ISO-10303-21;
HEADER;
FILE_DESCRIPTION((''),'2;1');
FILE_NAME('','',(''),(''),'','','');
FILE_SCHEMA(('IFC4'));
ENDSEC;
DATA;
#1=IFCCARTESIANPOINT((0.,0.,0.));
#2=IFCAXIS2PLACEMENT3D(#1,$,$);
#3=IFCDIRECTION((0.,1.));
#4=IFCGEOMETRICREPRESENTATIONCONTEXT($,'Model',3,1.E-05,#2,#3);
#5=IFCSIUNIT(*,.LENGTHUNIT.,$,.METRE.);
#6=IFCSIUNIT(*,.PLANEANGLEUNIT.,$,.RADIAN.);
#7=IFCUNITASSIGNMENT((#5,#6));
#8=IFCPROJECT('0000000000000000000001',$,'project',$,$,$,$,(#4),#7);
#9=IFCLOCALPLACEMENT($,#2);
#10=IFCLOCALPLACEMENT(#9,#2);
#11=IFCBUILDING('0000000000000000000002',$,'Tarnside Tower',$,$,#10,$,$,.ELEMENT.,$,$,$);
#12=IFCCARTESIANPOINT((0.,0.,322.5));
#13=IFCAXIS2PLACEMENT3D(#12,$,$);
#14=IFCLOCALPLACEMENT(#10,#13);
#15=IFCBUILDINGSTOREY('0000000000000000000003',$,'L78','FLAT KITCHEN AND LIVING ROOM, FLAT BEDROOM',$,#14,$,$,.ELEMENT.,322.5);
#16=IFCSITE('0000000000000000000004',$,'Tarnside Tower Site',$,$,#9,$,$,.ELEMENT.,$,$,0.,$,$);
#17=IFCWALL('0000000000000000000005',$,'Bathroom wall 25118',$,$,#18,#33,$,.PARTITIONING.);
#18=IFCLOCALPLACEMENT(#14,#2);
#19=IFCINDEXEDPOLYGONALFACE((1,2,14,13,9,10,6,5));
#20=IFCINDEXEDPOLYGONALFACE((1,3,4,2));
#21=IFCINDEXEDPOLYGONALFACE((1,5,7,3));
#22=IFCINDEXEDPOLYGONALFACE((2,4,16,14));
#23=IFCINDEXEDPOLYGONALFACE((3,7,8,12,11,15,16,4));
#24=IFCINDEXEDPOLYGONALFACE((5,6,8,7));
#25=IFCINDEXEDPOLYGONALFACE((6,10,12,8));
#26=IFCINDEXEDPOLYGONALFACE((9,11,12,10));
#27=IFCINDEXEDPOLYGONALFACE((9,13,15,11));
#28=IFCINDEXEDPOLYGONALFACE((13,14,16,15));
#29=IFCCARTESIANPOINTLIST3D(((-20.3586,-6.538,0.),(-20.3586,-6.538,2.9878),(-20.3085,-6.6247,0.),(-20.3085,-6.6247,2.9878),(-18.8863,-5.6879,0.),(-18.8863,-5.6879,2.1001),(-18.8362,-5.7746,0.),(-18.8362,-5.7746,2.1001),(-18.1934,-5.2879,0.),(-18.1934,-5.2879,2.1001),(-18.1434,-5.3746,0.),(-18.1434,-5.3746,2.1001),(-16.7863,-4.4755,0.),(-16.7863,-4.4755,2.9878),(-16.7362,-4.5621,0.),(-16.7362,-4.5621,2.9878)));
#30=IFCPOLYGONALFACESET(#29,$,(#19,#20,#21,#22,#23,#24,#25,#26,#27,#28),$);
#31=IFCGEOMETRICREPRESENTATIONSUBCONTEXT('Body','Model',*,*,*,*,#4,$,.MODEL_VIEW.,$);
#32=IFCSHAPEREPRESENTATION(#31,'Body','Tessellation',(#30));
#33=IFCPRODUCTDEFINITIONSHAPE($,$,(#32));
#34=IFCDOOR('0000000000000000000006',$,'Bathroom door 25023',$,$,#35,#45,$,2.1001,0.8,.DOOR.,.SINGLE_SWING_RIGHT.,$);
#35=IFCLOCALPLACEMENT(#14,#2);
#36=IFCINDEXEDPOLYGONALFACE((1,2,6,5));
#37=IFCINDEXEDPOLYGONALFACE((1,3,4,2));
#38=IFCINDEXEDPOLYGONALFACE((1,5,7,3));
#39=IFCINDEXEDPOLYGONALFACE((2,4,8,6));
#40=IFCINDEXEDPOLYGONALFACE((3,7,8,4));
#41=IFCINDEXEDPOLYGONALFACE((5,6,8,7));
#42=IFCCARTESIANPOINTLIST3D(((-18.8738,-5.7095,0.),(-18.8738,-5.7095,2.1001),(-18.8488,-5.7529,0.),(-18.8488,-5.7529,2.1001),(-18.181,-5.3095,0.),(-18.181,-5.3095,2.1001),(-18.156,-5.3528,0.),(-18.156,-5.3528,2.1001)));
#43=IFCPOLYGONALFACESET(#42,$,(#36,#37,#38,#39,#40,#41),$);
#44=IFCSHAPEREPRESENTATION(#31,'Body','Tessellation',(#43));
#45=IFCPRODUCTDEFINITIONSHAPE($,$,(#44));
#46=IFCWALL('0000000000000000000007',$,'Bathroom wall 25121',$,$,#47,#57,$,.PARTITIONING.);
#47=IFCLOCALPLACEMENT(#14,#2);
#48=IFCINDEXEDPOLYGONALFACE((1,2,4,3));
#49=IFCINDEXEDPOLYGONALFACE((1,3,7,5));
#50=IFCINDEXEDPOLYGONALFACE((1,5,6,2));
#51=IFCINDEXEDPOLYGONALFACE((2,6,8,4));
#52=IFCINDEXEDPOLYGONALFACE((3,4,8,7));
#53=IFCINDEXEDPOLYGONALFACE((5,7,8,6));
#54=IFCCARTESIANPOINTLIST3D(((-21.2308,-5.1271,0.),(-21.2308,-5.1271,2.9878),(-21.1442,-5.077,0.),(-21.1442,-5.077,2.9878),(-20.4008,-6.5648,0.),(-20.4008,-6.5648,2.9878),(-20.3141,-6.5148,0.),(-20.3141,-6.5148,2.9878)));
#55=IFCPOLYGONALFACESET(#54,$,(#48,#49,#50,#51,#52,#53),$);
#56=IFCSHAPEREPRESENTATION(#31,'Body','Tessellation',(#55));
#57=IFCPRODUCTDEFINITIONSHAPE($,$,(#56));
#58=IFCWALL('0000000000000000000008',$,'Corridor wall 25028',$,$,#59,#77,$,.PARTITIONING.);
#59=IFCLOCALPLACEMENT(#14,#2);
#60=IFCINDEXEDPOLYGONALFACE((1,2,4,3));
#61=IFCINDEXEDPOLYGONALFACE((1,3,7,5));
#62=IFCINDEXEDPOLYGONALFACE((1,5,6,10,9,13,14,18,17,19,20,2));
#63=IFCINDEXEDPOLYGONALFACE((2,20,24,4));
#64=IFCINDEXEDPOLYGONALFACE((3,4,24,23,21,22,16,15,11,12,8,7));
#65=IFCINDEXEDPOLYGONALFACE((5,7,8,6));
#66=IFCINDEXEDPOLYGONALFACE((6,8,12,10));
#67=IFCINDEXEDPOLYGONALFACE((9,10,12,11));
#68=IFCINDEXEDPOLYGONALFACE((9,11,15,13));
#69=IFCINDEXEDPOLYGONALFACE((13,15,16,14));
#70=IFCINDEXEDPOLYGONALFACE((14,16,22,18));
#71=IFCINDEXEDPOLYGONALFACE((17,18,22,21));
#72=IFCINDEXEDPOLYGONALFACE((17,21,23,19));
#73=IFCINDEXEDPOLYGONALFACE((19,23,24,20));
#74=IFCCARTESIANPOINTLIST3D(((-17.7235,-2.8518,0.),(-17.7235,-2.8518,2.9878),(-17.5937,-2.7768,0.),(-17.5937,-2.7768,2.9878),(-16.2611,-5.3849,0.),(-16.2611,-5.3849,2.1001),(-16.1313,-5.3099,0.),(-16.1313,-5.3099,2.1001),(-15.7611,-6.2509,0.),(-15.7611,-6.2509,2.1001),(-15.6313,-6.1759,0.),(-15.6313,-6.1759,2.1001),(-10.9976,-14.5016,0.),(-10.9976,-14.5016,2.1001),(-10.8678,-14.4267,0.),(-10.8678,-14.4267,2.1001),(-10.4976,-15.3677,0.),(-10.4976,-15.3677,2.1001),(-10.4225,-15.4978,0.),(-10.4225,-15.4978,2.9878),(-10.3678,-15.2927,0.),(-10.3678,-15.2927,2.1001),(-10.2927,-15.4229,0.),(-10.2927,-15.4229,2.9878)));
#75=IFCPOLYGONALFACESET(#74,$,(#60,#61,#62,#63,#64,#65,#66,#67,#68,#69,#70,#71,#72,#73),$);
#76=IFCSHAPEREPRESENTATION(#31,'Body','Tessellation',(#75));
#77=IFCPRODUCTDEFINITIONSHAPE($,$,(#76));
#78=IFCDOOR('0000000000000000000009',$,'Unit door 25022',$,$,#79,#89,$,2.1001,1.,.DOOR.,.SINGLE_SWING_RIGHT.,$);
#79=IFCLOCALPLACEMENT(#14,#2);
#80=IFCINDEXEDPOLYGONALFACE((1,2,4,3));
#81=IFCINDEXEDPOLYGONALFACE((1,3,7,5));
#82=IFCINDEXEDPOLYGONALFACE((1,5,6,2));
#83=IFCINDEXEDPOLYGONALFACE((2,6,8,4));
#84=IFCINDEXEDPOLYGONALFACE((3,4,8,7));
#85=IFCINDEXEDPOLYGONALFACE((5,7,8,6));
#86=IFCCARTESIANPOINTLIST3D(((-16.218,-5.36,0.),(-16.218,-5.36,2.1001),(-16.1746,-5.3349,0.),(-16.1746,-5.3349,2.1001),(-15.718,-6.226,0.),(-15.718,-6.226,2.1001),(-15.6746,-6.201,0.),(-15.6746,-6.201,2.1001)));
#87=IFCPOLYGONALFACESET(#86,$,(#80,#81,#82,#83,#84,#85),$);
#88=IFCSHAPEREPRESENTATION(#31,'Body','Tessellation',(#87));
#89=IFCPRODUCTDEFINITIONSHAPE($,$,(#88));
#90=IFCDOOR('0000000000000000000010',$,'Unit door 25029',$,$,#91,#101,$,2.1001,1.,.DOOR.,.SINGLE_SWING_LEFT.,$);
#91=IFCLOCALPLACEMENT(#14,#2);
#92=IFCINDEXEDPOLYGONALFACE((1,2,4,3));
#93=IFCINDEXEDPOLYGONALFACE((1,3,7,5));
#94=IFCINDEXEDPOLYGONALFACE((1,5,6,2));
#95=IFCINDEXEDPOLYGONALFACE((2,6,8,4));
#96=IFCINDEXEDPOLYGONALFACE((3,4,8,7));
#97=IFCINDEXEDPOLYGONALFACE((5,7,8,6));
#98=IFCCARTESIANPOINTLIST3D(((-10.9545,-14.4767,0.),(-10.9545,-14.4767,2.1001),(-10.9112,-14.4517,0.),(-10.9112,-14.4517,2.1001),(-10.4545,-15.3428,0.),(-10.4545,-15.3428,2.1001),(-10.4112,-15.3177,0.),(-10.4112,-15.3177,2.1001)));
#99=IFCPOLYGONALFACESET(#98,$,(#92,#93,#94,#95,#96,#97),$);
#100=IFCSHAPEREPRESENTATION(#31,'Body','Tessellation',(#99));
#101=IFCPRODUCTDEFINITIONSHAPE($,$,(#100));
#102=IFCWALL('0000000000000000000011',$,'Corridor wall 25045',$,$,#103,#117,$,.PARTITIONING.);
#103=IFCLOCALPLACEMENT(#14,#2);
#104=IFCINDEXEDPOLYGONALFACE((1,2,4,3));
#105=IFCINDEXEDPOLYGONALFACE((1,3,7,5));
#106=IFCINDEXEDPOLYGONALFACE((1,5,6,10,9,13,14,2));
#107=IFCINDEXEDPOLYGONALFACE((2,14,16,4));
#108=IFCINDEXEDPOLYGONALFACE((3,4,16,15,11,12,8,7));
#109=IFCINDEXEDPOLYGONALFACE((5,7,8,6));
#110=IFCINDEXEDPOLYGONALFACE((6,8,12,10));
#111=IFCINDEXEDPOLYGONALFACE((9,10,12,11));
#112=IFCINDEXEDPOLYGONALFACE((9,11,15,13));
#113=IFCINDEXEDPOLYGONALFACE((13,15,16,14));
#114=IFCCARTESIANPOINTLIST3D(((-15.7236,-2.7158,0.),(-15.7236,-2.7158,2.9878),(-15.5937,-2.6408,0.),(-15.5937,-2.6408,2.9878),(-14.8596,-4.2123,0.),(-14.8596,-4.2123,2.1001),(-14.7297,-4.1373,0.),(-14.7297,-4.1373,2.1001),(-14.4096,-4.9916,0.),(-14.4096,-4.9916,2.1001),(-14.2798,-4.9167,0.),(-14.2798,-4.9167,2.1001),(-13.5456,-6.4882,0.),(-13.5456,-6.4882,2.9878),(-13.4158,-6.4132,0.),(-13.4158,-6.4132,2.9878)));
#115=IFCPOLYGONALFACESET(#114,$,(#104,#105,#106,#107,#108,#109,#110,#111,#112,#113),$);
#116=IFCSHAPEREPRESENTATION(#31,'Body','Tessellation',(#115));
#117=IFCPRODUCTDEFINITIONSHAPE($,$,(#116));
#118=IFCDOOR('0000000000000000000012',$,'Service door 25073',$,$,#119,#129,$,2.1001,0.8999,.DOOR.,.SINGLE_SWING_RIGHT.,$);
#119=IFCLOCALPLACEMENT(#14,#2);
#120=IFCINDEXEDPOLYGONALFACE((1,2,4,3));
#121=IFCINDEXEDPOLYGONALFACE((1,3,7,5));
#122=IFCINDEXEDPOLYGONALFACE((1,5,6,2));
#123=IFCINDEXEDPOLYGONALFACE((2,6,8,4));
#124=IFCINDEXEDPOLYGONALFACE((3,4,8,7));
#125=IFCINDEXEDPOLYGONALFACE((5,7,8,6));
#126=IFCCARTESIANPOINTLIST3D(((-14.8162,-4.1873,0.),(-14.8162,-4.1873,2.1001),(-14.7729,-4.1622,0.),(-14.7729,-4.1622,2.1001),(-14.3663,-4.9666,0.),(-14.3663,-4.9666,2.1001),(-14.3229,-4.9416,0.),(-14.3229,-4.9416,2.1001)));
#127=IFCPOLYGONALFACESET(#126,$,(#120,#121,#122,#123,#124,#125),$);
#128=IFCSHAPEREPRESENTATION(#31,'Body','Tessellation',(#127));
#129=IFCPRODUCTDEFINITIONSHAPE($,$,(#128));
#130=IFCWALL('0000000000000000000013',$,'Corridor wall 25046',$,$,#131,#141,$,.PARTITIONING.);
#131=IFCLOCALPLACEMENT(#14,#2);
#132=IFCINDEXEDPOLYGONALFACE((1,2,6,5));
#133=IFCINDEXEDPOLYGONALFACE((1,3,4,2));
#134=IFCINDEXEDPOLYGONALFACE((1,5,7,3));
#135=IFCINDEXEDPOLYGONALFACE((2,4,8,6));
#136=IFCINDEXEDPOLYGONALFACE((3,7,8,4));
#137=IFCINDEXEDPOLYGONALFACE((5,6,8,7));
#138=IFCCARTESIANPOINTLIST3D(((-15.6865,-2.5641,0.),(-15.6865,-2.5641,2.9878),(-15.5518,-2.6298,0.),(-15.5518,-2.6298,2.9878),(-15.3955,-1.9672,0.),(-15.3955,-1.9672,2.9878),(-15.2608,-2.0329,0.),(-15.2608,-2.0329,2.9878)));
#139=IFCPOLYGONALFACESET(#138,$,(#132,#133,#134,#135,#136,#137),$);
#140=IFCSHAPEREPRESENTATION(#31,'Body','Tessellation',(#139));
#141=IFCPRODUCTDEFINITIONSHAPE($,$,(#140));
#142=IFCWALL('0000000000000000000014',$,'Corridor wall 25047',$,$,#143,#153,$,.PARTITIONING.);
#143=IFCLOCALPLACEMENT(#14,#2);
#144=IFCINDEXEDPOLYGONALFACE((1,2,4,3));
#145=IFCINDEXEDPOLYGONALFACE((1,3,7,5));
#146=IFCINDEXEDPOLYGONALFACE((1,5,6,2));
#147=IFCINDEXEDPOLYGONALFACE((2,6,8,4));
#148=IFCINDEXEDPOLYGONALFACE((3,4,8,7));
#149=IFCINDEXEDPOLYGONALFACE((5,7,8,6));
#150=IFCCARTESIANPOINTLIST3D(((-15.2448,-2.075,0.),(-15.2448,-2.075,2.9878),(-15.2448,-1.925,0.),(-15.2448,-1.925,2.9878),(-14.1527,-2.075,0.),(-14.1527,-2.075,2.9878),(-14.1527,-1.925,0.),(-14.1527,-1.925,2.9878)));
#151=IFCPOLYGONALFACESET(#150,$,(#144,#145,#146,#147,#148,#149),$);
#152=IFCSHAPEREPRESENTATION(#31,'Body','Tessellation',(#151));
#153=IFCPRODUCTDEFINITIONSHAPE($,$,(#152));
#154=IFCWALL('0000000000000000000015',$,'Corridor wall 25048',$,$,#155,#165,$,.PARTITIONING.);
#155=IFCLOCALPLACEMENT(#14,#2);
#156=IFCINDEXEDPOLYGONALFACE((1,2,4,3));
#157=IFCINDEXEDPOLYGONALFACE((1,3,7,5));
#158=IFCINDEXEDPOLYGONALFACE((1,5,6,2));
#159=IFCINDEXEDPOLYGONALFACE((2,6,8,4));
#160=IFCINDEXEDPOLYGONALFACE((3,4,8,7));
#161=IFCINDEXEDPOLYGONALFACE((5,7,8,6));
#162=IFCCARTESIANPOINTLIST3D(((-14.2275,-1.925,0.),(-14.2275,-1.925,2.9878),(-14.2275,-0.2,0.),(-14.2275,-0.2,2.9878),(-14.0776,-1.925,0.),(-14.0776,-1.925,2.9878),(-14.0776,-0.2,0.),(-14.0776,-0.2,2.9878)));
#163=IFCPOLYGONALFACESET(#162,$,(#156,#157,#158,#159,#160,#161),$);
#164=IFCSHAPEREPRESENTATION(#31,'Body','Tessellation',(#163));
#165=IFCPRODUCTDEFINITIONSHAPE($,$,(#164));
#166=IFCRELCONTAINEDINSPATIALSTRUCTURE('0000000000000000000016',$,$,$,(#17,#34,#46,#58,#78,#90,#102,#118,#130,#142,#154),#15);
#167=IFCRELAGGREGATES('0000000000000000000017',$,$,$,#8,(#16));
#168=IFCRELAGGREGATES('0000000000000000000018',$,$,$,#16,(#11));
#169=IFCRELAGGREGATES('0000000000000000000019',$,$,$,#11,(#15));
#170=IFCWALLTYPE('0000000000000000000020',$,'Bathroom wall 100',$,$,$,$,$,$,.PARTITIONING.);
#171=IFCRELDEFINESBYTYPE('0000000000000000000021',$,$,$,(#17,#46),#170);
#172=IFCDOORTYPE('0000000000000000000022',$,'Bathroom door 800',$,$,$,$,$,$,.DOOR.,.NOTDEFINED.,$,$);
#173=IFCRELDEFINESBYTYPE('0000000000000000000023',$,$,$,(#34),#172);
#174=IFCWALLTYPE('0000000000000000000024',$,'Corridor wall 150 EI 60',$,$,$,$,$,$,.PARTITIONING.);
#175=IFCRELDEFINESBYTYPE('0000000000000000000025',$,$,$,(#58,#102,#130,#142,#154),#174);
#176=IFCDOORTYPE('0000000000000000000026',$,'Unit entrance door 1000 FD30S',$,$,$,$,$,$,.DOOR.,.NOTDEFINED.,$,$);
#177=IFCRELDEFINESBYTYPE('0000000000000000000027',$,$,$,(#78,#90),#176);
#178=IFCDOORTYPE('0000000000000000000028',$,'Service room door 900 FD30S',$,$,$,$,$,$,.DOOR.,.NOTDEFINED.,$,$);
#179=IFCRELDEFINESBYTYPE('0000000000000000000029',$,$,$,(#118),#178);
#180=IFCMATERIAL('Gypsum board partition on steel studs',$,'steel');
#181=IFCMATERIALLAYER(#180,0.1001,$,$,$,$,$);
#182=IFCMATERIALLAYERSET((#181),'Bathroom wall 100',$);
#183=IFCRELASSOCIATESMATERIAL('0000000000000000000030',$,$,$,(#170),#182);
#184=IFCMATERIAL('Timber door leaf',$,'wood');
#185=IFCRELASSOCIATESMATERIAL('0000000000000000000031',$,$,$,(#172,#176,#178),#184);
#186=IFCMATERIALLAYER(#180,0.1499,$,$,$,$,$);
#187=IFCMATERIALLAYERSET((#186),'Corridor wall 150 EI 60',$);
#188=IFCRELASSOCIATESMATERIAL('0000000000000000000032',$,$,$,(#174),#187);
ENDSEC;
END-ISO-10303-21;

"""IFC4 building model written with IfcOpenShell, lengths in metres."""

from ifc_helpers import new_model, si_unit, direction, frame, frame_2d, origin, place, context, subcontext, project, spatial, rectangle, extrude, material, layer, layer_set, type_object, element, fill, save


model = new_model("IFC4")

# Units and contexts
model_context = context("Model", 3, precision=1e-05, world=origin(), true_north=direction((0.0, 1.0)))
body_context = subcontext(model_context, "Body", "Model", "MODEL_VIEW")
ifc_project = project(units=[si_unit("LENGTHUNIT", "METRE"), si_unit("PLANEANGLEUNIT", "RADIAN")], contexts=[model_context])

# Site, building, storey
site_placement = place(None, origin())
site = spatial("IfcSite", under=ifc_project, at=site_placement, Name="Tarnside Tower Site", CompositionType="ELEMENT", RefElevation=0.0)
building_placement = place(site_placement, origin())
building = spatial("IfcBuilding", under=site, at=building_placement, Name="Tarnside Tower", CompositionType="ELEMENT")
storey_placement = place(building_placement, frame((0.0, 0.0, 322.5)))
storey = spatial("IfcBuildingStorey", under=building, at=storey_placement, Name="L78", Description="FLAT KITCHEN AND LIVING ROOM, FLAT BEDROOM", CompositionType="ELEMENT", Elevation=322.5)

# Wall, opening, door
ifc_material_1 = material(Name="Gypsum board partition on steel studs", Category="steel")
ifc_layer_1 = layer(ifc_material_1, 0.1001)
ifc_layer_set_1 = layer_set([ifc_layer_1], Name="Bathroom wall 100")
wall_type_1 = type_object("IfcWallType", Name="Bathroom wall 100", PredefinedType="PARTITIONING", material=ifc_layer_set_1)
wall_1_placement = place(storey_placement, frame((-16.7612, -4.5188, 0.0), z_axis=(0.0, 0.0, 1.0), x_axis=(-0.86602, -0.500009, 0.0)))
wall_1 = element("IfcWall", 1, at=wall_1_placement, inside=storey, type_object=wall_type_1, Name="Bathroom wall 25118", PredefinedType="PARTITIONING", context=body_context, shape_type="SweptSolid", body=[
    extrude(rectangle(XDim=4.125, YDim=0.1001, at=frame_2d((2.0625, 0.0))), origin(), (0.0, 0.0, 1.0), 2.9878),
])
opening_1_placement = place(wall_1_placement, frame((1.625, 0.0, 0.0)))
opening_1 = element("IfcOpeningElement", 2, at=opening_1_placement, cuts=wall_1, PredefinedType="OPENING", context=body_context, shape_type="SweptSolid", body=[
    extrude(rectangle(XDim=0.8, YDim=2.1001, at=frame_2d((0.3999, 1.05))), frame((0.0, 0.0601, 0.0), z_axis=(0.0, -1.0, 0.0), x_axis=(1.0, 0.0, 0.0)), (0.0, 0.0, 1.0), 0.1201),
])
ifc_material_2 = material(Name="Timber door leaf", Category="wood")
door_type_1 = type_object("IfcDoorType", Name="Bathroom door 800", OperationType="NOTDEFINED", PredefinedType="DOOR", material=ifc_material_2)
door_1_placement = place(opening_1_placement, origin())
door_1 = element("IfcDoor", 3, at=door_1_placement, inside=storey, type_object=door_type_1, Name="Bathroom door 25023", OperationType="SINGLE_SWING_RIGHT", OverallHeight=2.1001, OverallWidth=0.8, PredefinedType="DOOR", context=body_context, shape_type="SweptSolid", body=[
    extrude(rectangle(XDim=0.8, YDim=2.1001, at=frame_2d((0.3999, 1.05))), frame((0.0, 0.0249, 0.0), z_axis=(0.0, -1.0, 0.0), x_axis=(1.0, 0.0, 0.0)), (0.0, 0.0, 1.0), 0.05),
])
fill(opening_1, door_1)

# Wall
wall_2_placement = place(storey_placement, frame((-21.1875, -5.1021, 0.0), z_axis=(0.0, 0.0, 1.0), x_axis=(0.499998, -0.866026, 0.0)))
element("IfcWall", 4, at=wall_2_placement, inside=storey, type_object=wall_type_1, Name="Bathroom wall 25121", PredefinedType="PARTITIONING", context=body_context, shape_type="SweptSolid", body=[
    extrude(rectangle(XDim=1.6602, YDim=0.1001, at=frame_2d((0.8301, 0.0))), origin(), (0.0, 0.0, 1.0), 2.9878),
])

# Wall, openings, doors
ifc_layer_2 = layer(ifc_material_1, 0.1499)
ifc_layer_set_2 = layer_set([ifc_layer_2], Name="Corridor wall 150 EI 60")
wall_type_2 = type_object("IfcWallType", Name="Corridor wall 150 EI 60", PredefinedType="PARTITIONING", material=ifc_layer_set_2)
wall_3_placement = place(storey_placement, frame((-17.6587, -2.8142, 0.0), z_axis=(0.0, 0.0, 1.0), x_axis=(0.499993, -0.86603, 0.0)))
wall_3 = element("IfcWall", 5, at=wall_3_placement, inside=storey, type_object=wall_type_2, Name="Corridor wall 25028", PredefinedType="PARTITIONING", context=body_context, shape_type="SweptSolid", body=[
    extrude(rectangle(XDim=14.6023, YDim=0.1499, at=frame_2d((7.3013, 0.0))), origin(), (0.0, 0.0, 1.0), 2.9878),
])
opening_2_placement = place(wall_3_placement, frame((2.925, 0.0, 0.0)))
opening_2 = element("IfcOpeningElement", 6, at=opening_2_placement, cuts=wall_3, PredefinedType="OPENING", context=body_context, shape_type="SweptSolid", body=[
    extrude(rectangle(XDim=1.0, YDim=2.1001, at=frame_2d((0.5, 1.05))), frame((0.0, 0.085, 0.0), z_axis=(0.0, -1.0, 0.0), x_axis=(1.0, 0.0, 0.0)), (0.0, 0.0, 1.0), 0.1699),
])
opening_3_placement = place(wall_3_placement, frame((13.4521, 0.0, 0.0)))
opening_3 = element("IfcOpeningElement", 7, at=opening_3_placement, cuts=wall_3, PredefinedType="OPENING", context=body_context, shape_type="SweptSolid", body=[
    extrude(rectangle(XDim=1.0, YDim=2.1001, at=frame_2d((0.5, 1.05))), frame((0.0, 0.085, 0.0), z_axis=(0.0, -1.0, 0.0), x_axis=(1.0, 0.0, 0.0)), (0.0, 0.0, 1.0), 0.1699),
])
door_type_2 = type_object("IfcDoorType", Name="Unit entrance door 1000 FD30S", OperationType="NOTDEFINED", PredefinedType="DOOR", material=ifc_material_2)
door_2_placement = place(opening_2_placement, origin())
door_2 = element("IfcDoor", 8, at=door_2_placement, inside=storey, type_object=door_type_2, Name="Unit door 25022", OperationType="SINGLE_SWING_RIGHT", OverallHeight=2.1001, OverallWidth=1.0, PredefinedType="DOOR", context=body_context, shape_type="SweptSolid", body=[
    extrude(rectangle(XDim=1.0, YDim=2.1001, at=frame_2d((0.5, 1.05))), frame((0.0, 0.0249, 0.0), z_axis=(0.0, -1.0, 0.0), x_axis=(1.0, 0.0, 0.0)), (0.0, 0.0, 1.0), 0.05),
])
fill(opening_2, door_2)
door_3_placement = place(opening_3_placement, origin())
door_3 = element("IfcDoor", 9, at=door_3_placement, inside=storey, type_object=door_type_2, Name="Unit door 25029", OperationType="SINGLE_SWING_LEFT", OverallHeight=2.1001, OverallWidth=1.0, PredefinedType="DOOR", context=body_context, shape_type="SweptSolid", body=[
    extrude(rectangle(XDim=1.0, YDim=2.1001, at=frame_2d((0.5, 1.05))), frame((0.0, 0.0249, 0.0), z_axis=(0.0, -1.0, 0.0), x_axis=(1.0, 0.0, 0.0)), (0.0, 0.0, 1.0), 0.05),
])
fill(opening_3, door_3)

# Wall, opening, door
wall_4_placement = place(storey_placement, frame((-13.4807, -6.4507, 0.0), z_axis=(0.0, 0.0, 1.0), x_axis=(-0.499991, 0.866031, 0.0)))
wall_4 = element("IfcWall", 10, at=wall_4_placement, inside=storey, type_object=wall_type_2, Name="Corridor wall 25045", PredefinedType="PARTITIONING", context=body_context, shape_type="SweptSolid", body=[
    extrude(rectangle(XDim=4.356, YDim=0.1499, at=frame_2d((2.178, 0.0))), origin(), (0.0, 0.0, 1.0), 2.9878),
])
opening_4_placement = place(wall_4_placement, frame((1.728, 0.0, 0.0)))
opening_4 = element("IfcOpeningElement", 11, at=opening_4_placement, cuts=wall_4, PredefinedType="OPENING", context=body_context, shape_type="SweptSolid", body=[
    extrude(rectangle(XDim=0.8999, YDim=2.1001, at=frame_2d((0.45, 1.05))), frame((0.0, 0.085, 0.0), z_axis=(0.0, -1.0, 0.0), x_axis=(1.0, 0.0, 0.0)), (0.0, 0.0, 1.0), 0.1699),
])
door_type_3 = type_object("IfcDoorType", Name="Service room door 900 FD30S", OperationType="NOTDEFINED", PredefinedType="DOOR", material=ifc_material_2)
door_4_placement = place(opening_4_placement, origin())
door_4 = element("IfcDoor", 12, at=door_4_placement, inside=storey, type_object=door_type_3, Name="Service door 25073", OperationType="SINGLE_SWING_RIGHT", OverallHeight=2.1001, OverallWidth=0.8999, PredefinedType="DOOR", context=body_context, shape_type="SweptSolid", body=[
    extrude(rectangle(XDim=0.8999, YDim=2.1001, at=frame_2d((0.45, 1.05))), frame((0.0, 0.0249, 0.0), z_axis=(0.0, -1.0, 0.0), x_axis=(1.0, 0.0, 0.0)), (0.0, 0.0, 1.0), 0.05),
])
fill(opening_4, door_4)

# Walls
wall_5_placement = place(storey_placement, frame((-15.6191, -2.5969, 0.0), z_axis=(0.0, 0.0, 1.0), x_axis=(0.438221, 0.898867, 0.0)))
element("IfcWall", 13, at=wall_5_placement, inside=storey, type_object=wall_type_2, Name="Corridor wall 25046", PredefinedType="PARTITIONING", context=body_context, shape_type="SweptSolid", body=[
    extrude(rectangle(XDim=0.6641, YDim=0.1499, at=frame_2d((0.332, 0.0))), origin(), (0.0, 0.0, 1.0), 2.9878),
])
wall_6_placement = place(storey_placement, frame((-15.2446, -2.0, 0.0), z_axis=(0.0, 0.0, 1.0), x_axis=(1.0, 0.0, 0.0)))
element("IfcWall", 14, at=wall_6_placement, inside=storey, type_object=wall_type_2, Name="Corridor wall 25047", PredefinedType="PARTITIONING", context=body_context, shape_type="SweptSolid", body=[
    extrude(rectangle(XDim=1.092, YDim=0.1499, at=frame_2d((0.5459, 0.0))), origin(), (0.0, 0.0, 1.0), 2.9878),
])
wall_7_placement = place(storey_placement, frame((-14.1526, -1.925, 0.0), z_axis=(0.0, 0.0, 1.0), x_axis=(0.0, 1.0, 0.0)))
element("IfcWall", 15, at=wall_7_placement, inside=storey, type_object=wall_type_2, Name="Corridor wall 25048", PredefinedType="PARTITIONING", context=body_context, shape_type="SweptSolid", body=[
    extrude(rectangle(XDim=1.7251, YDim=0.1499, at=frame_2d((0.8625, 0.0))), origin(), (0.0, 0.0, 1.0), 2.9878),
])

save(model, "model.ifc")
